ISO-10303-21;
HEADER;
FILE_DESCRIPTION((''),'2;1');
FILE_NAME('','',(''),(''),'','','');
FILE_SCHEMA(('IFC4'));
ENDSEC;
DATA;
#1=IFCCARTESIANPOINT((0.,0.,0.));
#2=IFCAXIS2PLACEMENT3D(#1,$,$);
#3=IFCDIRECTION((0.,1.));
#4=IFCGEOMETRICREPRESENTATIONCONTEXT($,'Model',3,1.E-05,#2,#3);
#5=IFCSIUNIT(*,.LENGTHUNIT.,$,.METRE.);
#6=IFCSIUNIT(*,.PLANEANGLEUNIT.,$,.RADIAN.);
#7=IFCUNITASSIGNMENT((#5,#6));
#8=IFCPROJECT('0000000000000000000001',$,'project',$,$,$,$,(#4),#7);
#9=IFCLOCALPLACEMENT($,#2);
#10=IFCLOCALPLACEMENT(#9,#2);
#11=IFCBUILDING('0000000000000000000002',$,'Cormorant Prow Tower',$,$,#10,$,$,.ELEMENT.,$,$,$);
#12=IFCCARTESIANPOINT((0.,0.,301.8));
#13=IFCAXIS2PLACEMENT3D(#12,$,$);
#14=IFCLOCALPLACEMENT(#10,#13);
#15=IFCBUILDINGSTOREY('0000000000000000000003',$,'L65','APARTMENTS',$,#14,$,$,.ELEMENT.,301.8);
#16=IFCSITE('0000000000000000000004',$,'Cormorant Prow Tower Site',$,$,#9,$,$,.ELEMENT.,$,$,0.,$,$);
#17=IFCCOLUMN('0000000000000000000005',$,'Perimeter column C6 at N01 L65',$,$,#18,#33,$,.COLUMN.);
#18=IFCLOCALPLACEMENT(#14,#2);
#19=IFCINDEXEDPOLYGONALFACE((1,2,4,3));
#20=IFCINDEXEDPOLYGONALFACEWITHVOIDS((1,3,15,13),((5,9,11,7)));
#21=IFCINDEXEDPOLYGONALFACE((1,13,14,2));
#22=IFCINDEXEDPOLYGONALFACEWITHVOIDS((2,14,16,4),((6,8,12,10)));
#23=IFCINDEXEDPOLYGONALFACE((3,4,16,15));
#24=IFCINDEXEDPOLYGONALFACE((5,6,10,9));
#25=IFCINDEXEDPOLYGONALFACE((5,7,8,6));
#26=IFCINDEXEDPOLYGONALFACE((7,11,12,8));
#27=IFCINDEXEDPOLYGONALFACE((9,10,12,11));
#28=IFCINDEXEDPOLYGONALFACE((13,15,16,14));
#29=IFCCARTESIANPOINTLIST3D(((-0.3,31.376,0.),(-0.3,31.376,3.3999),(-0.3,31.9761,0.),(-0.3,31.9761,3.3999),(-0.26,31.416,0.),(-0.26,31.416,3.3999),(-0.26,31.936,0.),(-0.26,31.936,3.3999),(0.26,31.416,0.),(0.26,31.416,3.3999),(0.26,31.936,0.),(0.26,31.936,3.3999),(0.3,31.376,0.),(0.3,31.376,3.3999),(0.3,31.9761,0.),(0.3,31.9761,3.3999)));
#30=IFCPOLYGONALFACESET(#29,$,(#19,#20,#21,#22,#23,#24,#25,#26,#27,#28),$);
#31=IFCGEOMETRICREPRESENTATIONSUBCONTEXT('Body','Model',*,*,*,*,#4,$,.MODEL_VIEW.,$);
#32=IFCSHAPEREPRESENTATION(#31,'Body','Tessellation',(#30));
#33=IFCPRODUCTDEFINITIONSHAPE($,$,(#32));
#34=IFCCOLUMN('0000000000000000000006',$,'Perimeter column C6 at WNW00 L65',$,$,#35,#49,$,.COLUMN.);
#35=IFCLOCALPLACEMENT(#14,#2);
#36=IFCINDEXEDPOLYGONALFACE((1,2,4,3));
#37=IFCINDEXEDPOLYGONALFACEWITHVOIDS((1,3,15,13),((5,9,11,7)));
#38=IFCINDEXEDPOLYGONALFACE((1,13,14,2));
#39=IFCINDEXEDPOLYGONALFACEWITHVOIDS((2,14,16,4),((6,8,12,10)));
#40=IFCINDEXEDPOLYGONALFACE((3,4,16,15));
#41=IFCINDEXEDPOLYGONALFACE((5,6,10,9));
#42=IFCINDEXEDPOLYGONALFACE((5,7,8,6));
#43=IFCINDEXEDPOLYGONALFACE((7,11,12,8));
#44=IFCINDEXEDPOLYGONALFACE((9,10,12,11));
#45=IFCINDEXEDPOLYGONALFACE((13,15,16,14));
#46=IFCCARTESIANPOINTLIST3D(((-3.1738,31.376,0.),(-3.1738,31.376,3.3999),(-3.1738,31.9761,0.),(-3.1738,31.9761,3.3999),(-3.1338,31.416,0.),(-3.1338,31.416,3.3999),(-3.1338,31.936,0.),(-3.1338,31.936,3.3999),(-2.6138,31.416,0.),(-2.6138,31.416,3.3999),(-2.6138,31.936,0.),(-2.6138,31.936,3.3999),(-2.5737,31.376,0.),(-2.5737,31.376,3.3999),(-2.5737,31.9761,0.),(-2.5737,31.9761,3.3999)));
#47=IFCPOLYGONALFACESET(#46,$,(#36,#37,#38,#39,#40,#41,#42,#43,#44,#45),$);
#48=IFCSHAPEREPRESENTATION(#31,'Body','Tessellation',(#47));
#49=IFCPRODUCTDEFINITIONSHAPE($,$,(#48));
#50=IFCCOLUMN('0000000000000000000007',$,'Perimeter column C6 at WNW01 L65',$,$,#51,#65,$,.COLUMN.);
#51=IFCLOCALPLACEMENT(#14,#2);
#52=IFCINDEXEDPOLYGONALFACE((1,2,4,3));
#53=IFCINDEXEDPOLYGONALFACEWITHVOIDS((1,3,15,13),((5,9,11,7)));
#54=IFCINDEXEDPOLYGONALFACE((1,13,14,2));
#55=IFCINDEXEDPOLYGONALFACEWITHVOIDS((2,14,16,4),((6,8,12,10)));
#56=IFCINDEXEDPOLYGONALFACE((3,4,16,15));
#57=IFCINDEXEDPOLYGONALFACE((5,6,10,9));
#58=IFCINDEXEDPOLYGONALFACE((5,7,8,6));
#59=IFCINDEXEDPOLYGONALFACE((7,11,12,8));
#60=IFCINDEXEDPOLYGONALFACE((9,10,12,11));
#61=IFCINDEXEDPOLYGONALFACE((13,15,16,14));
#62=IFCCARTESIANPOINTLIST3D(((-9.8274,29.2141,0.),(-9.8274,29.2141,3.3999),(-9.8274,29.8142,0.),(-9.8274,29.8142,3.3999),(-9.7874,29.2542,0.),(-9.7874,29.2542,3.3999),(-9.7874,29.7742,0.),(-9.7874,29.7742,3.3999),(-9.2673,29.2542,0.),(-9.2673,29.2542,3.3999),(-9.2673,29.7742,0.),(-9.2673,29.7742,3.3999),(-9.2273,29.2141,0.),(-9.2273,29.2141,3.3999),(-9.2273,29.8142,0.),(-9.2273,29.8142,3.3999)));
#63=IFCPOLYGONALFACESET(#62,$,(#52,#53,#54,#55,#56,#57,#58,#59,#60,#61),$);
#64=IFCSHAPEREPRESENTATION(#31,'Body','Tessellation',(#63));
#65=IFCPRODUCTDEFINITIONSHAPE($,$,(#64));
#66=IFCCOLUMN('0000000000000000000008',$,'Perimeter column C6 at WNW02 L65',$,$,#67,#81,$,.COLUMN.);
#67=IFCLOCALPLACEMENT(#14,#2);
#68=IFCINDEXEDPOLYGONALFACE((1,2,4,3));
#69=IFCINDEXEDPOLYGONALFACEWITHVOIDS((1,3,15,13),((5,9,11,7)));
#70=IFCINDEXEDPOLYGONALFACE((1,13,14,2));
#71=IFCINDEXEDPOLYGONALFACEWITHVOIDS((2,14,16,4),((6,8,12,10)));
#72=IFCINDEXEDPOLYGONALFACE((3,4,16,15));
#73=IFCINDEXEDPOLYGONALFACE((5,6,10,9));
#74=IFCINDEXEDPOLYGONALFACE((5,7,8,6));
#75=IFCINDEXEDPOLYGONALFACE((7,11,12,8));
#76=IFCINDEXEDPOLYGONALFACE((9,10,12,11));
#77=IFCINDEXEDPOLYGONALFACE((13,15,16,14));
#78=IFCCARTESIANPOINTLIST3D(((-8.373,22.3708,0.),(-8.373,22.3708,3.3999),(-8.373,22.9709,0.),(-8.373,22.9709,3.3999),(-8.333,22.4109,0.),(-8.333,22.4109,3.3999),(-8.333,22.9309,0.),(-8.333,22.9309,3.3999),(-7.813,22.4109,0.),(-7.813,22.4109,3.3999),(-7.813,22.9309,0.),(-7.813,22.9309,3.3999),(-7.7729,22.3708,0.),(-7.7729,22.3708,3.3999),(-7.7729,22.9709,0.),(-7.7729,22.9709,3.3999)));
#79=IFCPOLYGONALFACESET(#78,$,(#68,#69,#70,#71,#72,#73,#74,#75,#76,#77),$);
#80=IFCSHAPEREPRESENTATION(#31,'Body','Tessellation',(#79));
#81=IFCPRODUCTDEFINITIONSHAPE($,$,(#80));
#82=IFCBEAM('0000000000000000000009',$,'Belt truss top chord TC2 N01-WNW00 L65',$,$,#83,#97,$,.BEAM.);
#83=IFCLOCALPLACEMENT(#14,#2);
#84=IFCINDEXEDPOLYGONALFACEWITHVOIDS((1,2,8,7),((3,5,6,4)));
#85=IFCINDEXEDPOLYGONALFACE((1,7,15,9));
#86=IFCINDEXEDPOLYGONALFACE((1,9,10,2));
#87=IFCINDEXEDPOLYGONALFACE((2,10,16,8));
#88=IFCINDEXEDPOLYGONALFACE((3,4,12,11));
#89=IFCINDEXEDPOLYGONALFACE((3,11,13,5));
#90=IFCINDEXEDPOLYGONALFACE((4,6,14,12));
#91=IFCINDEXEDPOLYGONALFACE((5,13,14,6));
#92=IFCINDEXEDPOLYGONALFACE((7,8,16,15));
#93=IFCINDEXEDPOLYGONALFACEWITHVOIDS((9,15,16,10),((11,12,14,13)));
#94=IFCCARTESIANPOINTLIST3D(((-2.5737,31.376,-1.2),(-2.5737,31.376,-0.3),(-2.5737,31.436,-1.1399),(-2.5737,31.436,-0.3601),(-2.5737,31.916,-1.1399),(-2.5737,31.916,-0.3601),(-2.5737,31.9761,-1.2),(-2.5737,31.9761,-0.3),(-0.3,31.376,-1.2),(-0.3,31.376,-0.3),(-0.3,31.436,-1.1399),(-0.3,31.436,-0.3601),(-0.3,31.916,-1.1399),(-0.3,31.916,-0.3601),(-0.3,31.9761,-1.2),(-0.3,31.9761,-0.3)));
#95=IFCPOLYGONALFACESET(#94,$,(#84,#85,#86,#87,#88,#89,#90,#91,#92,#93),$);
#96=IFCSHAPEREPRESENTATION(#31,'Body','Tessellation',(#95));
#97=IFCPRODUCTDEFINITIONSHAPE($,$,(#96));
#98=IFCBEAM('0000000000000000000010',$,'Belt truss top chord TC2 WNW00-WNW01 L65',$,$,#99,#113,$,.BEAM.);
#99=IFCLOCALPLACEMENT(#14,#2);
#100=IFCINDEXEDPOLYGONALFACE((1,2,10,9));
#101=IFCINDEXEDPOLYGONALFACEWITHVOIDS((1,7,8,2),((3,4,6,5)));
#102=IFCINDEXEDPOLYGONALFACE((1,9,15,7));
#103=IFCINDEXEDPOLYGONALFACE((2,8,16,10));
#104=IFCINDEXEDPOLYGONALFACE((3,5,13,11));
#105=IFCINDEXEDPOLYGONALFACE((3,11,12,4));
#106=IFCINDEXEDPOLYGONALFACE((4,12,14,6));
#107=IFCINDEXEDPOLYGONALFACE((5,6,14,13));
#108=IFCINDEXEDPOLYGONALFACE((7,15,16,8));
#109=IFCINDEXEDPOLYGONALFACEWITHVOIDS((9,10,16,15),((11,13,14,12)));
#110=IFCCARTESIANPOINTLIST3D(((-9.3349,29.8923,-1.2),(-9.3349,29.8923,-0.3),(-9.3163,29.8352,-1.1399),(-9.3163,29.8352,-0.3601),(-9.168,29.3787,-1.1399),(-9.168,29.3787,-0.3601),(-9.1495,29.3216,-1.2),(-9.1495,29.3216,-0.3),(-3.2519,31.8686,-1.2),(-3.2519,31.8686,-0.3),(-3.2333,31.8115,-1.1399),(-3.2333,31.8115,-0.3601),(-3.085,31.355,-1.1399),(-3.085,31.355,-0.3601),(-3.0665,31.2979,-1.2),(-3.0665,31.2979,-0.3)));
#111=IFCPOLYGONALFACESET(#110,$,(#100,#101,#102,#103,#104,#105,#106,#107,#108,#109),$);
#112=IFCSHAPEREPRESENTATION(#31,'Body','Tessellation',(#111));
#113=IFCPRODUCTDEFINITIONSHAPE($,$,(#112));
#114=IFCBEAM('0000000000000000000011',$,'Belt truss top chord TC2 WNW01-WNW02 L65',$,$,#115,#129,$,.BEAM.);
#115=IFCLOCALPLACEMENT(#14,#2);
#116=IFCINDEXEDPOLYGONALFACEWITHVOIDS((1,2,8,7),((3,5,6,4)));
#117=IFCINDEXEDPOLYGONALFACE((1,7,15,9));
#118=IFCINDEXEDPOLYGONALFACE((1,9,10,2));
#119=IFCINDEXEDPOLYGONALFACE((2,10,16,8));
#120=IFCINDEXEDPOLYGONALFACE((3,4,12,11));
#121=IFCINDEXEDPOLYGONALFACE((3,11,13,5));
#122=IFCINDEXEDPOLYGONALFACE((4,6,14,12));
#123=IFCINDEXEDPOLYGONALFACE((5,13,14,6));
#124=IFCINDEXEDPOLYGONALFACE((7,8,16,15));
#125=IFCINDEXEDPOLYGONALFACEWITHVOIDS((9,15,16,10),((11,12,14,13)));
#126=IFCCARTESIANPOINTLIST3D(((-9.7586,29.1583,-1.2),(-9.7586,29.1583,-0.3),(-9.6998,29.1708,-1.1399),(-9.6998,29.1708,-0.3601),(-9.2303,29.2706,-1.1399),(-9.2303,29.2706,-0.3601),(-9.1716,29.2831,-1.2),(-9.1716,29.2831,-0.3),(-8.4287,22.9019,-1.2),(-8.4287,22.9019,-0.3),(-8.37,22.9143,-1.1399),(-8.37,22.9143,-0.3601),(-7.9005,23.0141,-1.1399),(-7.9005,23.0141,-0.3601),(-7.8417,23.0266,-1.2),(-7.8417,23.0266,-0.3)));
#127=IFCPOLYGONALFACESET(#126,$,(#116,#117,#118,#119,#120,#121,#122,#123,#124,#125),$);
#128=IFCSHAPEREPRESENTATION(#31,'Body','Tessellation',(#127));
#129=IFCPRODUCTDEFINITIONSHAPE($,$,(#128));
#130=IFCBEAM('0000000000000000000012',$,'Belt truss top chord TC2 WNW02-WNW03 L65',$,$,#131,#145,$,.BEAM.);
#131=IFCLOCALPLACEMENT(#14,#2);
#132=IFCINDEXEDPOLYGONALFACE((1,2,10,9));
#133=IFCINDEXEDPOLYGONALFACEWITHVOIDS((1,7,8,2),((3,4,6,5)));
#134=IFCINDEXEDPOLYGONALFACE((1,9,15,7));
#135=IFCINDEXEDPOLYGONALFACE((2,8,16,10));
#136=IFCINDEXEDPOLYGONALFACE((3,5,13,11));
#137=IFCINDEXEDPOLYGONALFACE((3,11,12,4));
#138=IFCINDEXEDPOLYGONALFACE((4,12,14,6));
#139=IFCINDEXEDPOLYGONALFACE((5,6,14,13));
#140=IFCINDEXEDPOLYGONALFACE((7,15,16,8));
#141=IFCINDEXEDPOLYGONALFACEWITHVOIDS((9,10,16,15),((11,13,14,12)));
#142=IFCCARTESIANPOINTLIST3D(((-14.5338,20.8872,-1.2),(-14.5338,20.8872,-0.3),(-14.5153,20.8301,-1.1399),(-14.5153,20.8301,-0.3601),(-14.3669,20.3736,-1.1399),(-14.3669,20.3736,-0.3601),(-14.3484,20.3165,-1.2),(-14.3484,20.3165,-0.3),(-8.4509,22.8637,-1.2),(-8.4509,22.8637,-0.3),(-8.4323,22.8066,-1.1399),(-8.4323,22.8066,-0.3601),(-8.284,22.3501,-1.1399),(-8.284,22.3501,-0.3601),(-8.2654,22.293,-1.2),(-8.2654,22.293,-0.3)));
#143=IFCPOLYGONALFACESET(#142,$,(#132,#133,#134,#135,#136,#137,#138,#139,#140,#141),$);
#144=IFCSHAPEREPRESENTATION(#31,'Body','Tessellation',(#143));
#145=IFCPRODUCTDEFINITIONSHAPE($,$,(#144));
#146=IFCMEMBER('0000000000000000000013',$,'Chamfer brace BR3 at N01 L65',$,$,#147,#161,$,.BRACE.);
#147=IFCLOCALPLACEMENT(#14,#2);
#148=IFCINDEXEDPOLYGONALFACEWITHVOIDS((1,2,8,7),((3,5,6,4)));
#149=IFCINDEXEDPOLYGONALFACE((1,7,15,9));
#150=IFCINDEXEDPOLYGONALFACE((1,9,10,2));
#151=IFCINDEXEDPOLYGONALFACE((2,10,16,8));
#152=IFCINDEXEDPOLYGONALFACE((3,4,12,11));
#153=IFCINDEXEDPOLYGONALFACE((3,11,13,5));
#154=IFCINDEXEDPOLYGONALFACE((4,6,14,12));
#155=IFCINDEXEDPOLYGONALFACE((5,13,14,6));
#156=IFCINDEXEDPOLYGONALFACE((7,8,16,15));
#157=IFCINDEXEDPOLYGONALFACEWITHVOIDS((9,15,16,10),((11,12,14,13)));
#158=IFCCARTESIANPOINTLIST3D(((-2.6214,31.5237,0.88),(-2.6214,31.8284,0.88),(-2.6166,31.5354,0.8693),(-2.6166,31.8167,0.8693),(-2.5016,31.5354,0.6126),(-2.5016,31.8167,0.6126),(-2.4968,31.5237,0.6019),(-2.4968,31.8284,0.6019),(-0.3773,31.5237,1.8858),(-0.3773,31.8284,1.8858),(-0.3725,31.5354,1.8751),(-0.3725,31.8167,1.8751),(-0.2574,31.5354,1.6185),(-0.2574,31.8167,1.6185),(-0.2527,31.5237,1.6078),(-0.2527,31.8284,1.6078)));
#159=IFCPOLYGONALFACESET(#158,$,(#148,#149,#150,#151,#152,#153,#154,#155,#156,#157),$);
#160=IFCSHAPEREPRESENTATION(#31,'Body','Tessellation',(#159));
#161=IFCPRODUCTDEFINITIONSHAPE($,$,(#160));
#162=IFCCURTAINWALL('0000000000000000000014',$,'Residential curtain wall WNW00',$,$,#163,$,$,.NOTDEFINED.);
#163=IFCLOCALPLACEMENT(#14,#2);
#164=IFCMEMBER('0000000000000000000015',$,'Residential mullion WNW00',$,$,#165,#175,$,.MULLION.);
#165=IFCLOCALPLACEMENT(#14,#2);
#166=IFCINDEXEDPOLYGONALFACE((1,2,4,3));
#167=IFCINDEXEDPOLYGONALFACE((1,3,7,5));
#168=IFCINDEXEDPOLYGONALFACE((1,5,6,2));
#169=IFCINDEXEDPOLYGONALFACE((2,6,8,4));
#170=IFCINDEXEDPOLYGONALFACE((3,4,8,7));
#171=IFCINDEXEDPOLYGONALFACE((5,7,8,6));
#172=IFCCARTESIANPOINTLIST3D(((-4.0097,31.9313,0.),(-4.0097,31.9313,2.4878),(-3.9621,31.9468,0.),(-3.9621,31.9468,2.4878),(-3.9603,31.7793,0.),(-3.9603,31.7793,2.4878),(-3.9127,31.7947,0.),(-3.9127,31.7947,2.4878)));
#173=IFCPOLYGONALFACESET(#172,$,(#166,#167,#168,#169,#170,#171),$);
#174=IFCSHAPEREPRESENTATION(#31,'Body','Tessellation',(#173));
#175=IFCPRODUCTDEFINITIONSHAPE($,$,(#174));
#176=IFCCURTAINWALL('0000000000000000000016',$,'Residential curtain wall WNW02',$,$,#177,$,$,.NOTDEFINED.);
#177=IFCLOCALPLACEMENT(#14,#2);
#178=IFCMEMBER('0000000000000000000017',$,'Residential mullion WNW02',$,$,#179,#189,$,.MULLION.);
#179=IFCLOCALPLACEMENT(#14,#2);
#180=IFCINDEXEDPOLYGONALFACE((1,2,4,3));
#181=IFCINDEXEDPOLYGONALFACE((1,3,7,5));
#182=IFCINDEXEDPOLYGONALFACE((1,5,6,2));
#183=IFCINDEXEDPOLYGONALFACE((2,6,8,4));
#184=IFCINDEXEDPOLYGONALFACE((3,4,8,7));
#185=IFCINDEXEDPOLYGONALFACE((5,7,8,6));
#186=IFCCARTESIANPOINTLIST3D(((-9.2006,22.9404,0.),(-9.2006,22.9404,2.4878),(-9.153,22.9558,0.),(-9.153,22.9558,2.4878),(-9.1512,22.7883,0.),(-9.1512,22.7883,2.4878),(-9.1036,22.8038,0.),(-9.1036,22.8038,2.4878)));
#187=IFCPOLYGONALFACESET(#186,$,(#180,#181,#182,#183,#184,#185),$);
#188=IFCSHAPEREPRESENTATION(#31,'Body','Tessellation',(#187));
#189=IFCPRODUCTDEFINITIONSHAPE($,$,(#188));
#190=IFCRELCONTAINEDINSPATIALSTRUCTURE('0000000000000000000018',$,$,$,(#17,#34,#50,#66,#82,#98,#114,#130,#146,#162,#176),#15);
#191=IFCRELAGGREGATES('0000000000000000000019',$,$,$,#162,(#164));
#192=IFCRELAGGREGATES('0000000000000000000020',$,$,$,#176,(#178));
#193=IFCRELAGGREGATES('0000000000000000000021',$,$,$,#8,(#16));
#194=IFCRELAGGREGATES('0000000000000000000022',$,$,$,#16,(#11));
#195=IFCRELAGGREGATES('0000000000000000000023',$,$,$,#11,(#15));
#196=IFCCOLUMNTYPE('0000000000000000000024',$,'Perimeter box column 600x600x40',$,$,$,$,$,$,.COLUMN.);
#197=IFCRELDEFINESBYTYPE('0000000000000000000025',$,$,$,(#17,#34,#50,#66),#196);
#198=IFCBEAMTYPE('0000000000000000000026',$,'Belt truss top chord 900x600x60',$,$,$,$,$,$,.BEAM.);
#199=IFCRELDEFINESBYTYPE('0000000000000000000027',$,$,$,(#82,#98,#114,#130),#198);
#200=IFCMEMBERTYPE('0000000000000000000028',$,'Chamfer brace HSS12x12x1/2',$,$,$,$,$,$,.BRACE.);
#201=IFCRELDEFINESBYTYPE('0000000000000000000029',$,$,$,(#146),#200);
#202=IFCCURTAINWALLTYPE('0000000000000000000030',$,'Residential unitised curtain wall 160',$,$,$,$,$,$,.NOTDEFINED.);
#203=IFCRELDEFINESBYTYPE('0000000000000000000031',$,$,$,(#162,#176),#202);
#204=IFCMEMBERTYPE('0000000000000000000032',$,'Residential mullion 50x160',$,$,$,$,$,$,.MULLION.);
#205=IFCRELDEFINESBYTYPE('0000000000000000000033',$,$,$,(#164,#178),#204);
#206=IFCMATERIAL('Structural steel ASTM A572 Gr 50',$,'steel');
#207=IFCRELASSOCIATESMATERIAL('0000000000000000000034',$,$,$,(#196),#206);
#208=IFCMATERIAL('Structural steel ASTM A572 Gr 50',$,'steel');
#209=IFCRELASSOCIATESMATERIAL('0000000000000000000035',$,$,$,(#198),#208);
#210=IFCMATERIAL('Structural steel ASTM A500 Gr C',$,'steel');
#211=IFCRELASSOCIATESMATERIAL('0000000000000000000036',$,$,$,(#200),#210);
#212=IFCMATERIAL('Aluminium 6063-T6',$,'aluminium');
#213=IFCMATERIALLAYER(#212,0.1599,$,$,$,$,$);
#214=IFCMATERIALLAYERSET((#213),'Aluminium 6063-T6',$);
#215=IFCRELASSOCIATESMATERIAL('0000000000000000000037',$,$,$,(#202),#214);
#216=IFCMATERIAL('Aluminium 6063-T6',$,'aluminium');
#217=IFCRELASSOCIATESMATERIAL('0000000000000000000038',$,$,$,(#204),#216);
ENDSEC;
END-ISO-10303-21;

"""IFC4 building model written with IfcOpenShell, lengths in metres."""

from ifc_helpers import new_model, si_unit, direction, frame, origin, origin_2d, place, context, subcontext, project, spatial, rectangle, hollow_rectangle, extrude, material, layer, layer_set, material_profile, profile_set, type_object, element, aggregate, save


model = new_model("IFC4")

# Units and contexts
model_context = context("Model", 3, precision=1e-05, world=origin(), true_north=direction((0.0, 1.0)))
body_context = subcontext(model_context, "Body", "Model", "MODEL_VIEW")
ifc_project = project(units=[si_unit("LENGTHUNIT", "METRE"), si_unit("PLANEANGLEUNIT", "RADIAN")], contexts=[model_context])

# Site, building, storey
site_placement = place(None, origin())
site = spatial("IfcSite", under=ifc_project, at=site_placement, Name="Cormorant Prow Tower Site", CompositionType="ELEMENT", RefElevation=0.0)
building_placement = place(site_placement, origin())
building = spatial("IfcBuilding", under=site, at=building_placement, Name="Cormorant Prow Tower", CompositionType="ELEMENT")
storey_placement = place(building_placement, frame((0.0, 0.0, 301.8)))
storey = spatial("IfcBuildingStorey", under=building, at=storey_placement, Name="L65", Description="APARTMENTS", CompositionType="ELEMENT", Elevation=301.8)

# Columns
ifc_material_1 = material(Name="Structural steel ASTM A572 Gr 50", Category="steel")
ifc_material_profile_1 = material_profile(ifc_material_1, hollow_rectangle(XDim=0.6001, YDim=0.6001, WallThickness=0.04, at=origin_2d()), Name="Box 600x600x40")
ifc_profile_set_1 = profile_set([ifc_material_profile_1], Name="Structural steel ASTM A572 Gr 50")
column_type = type_object("IfcColumnType", Name="Perimeter box column 600x600x40", PredefinedType="COLUMN", material=ifc_profile_set_1)
for number, where, z_axis, x_axis, name in (
    (1, (0.0, 31.676, 0.0), (0.0, 0.0, 1.0), (1.0, 0.0, 0.0), "Perimeter column C6 at N01 L65"),
    (2, (-2.8738, 31.676, 0.0), (0.0, 0.0, 1.0), (1.0, 0.0, 0.0), "Perimeter column C6 at WNW00 L65"),
    (3, (-9.5273, 29.5142, 0.0), (0.0, 0.0, 1.0), (1.0, 0.0, 0.0), "Perimeter column C6 at WNW01 L65"),
    (4, (-8.073, 22.6709, 0.0), (0.0, 0.0, 1.0), (1.0, 0.0, 0.0), "Perimeter column C6 at WNW02 L65"),
):
    element("IfcColumn", number, at=place(storey_placement, frame(where, z_axis=z_axis, x_axis=x_axis)), inside=storey, type_object=column_type, Name=name, PredefinedType="COLUMN", context=body_context, shape_type="SweptSolid", body=[
        extrude(hollow_rectangle(XDim=0.6001, YDim=0.6001, WallThickness=0.04, at=origin_2d()), origin(), (0.0, 0.0, 1.0), 3.3999),
    ])

# Beams
ifc_material_2 = material(Name="Structural steel ASTM A572 Gr 50", Category="steel")
ifc_material_profile_2 = material_profile(ifc_material_2, hollow_rectangle(XDim=0.6001, YDim=0.8999, WallThickness=0.0601, at=origin_2d()), Name="Box 900x600x60")
ifc_profile_set_2 = profile_set([ifc_material_profile_2], Name="Structural steel ASTM A572 Gr 50")
beam_type = type_object("IfcBeamType", Name="Belt truss top chord 900x600x60", PredefinedType="BEAM", material=ifc_profile_set_2)
beam_1_placement = place(storey_placement, frame((-0.3, 31.676, -0.75), z_axis=(-1.0, 0.0, 0.0), x_axis=(0.0, -1.0, 0.0)))
element("IfcBeam", 5, at=beam_1_placement, inside=storey, type_object=beam_type, Name="Belt truss top chord TC2 N01-WNW00 L65", PredefinedType="BEAM", context=body_context, shape_type="SweptSolid", body=[
    extrude(hollow_rectangle(XDim=0.6001, YDim=0.8999, WallThickness=0.0601, at=origin_2d()), origin(), (0.0, 0.0, 1.0), 2.2737),
])
beam_2_placement = place(storey_placement, frame((-3.1592, 31.5833, -0.75), z_axis=(-0.951064, -0.308993, 0.0), x_axis=(0.308993, -0.951064, 0.0)))
element("IfcBeam", 6, at=beam_2_placement, inside=storey, type_object=beam_type, Name="Belt truss top chord TC2 WNW00-WNW01 L65", PredefinedType="BEAM", context=body_context, shape_type="SweptSolid", body=[
    extrude(hollow_rectangle(XDim=0.6001, YDim=0.8999, WallThickness=0.0601, at=origin_2d()), origin(), (0.0, 0.0, 1.0), 6.396),
])
beam_3_placement = place(storey_placement, frame((-9.4651, 29.2207, -0.75), z_axis=(0.207913, -0.978147, 0.0), x_axis=(0.978147, 0.207913, 0.0)))
element("IfcBeam", 7, at=beam_3_placement, inside=storey, type_object=beam_type, Name="Belt truss top chord TC2 WNW01-WNW02 L65", PredefinedType="BEAM", context=body_context, shape_type="SweptSolid", body=[
    extrude(hollow_rectangle(XDim=0.6001, YDim=0.8999, WallThickness=0.0601, at=origin_2d()), origin(), (0.0, 0.0, 1.0), 6.3962),
])
beam_4_placement = place(storey_placement, frame((-8.3582, 22.5784, -0.75), z_axis=(-0.951053, -0.309027, 0.0), x_axis=(0.309027, -0.951053, 0.0)))
element("IfcBeam", 8, at=beam_4_placement, inside=storey, type_object=beam_type, Name="Belt truss top chord TC2 WNW02-WNW03 L65", PredefinedType="BEAM", context=body_context, shape_type="SweptSolid", body=[
    extrude(hollow_rectangle(XDim=0.6001, YDim=0.8999, WallThickness=0.0601, at=origin_2d()), origin(), (0.0, 0.0, 1.0), 6.396),
])

# Member
ifc_material_3 = material(Name="Structural steel ASTM A500 Gr C", Category="steel")
ifc_material_profile_3 = material_profile(ifc_material_3, hollow_rectangle(XDim=0.3047, YDim=0.3047, WallThickness=0.0117, at=origin_2d()), Name="HSS12x12x1/2")
ifc_profile_set_3 = profile_set([ifc_material_profile_3], Name="Structural steel ASTM A500 Gr C")
member_type_1 = type_object("IfcMemberType", Name="Chamfer brace HSS12x12x1/2", PredefinedType="BRACE", material=ifc_profile_set_3)
member_1_placement = place(storey_placement, frame((-2.5591, 31.676, 0.741), z_axis=(0.91253, 0.0, 0.40901), x_axis=(0.0, 1.0, 0.0)))
element("IfcMember", 9, at=member_1_placement, inside=storey, type_object=member_type_1, Name="Chamfer brace BR3 at N01 L65", PredefinedType="BRACE", context=body_context, shape_type="SweptSolid", body=[
    extrude(hollow_rectangle(XDim=0.3047, YDim=0.3047, WallThickness=0.0117, at=origin_2d()), origin(), (0.0, 0.0, 1.0), 2.4592),
])

# Curtain walls, members
ifc_material_4 = material(Name="Aluminium 6063-T6", Category="aluminium")
ifc_layer_1 = layer(ifc_material_4, 0.1599)
ifc_layer_set_1 = layer_set([ifc_layer_1], Name="Aluminium 6063-T6")
curtain_wall_type = type_object("IfcCurtainWallType", Name="Residential unitised curtain wall 160", PredefinedType="NOTDEFINED", material=ifc_layer_set_1)
curtain_wall_1_placement = place(storey_placement, origin())
curtain_wall_1 = element("IfcCurtainWall", 10, at=curtain_wall_1_placement, inside=storey, type_object=curtain_wall_type, Name="Residential curtain wall WNW00", PredefinedType="NOTDEFINED")
ifc_material_5 = material(Name="Aluminium 6063-T6", Category="aluminium")
ifc_material_profile_4 = material_profile(ifc_material_5, rectangle(XDim=0.1599, YDim=0.05, at=origin_2d()), Name="Residential mullion 50x160")
ifc_profile_set_4 = profile_set([ifc_material_profile_4], Name="Aluminium 6063-T6")
member_type_2 = type_object("IfcMemberType", Name="Residential mullion 50x160", PredefinedType="MULLION", material=ifc_profile_set_4)
member_2_placement = place(storey_placement, frame((-3.9612, 31.863, 0.0), z_axis=(0.0, 0.0, 1.0), x_axis=(0.309017, -0.951057, 0.0)))
member_2 = element("IfcMember", 11, at=member_2_placement, type_object=member_type_2, Name="Residential mullion WNW00", PredefinedType="MULLION", context=body_context, shape_type="SweptSolid", body=[
    extrude(rectangle(XDim=0.1599, YDim=0.05, at=origin_2d()), origin(), (0.0, 0.0, 1.0), 2.4878),
])
curtain_wall_2_placement = place(storey_placement, origin())
curtain_wall_2 = element("IfcCurtainWall", 12, at=curtain_wall_2_placement, inside=storey, type_object=curtain_wall_type, Name="Residential curtain wall WNW02", PredefinedType="NOTDEFINED")
member_3_placement = place(storey_placement, frame((-9.1521, 22.8721, 0.0), z_axis=(0.0, 0.0, 1.0), x_axis=(0.309017, -0.951057, 0.0)))
member_3 = element("IfcMember", 13, at=member_3_placement, type_object=member_type_2, Name="Residential mullion WNW02", PredefinedType="MULLION", context=body_context, shape_type="SweptSolid", body=[
    extrude(rectangle(XDim=0.1599, YDim=0.05, at=origin_2d()), origin(), (0.0, 0.0, 1.0), 2.4878),
])

aggregate(curtain_wall_1, [member_2])
aggregate(curtain_wall_2, [member_3])

save(model, "model.ifc")
